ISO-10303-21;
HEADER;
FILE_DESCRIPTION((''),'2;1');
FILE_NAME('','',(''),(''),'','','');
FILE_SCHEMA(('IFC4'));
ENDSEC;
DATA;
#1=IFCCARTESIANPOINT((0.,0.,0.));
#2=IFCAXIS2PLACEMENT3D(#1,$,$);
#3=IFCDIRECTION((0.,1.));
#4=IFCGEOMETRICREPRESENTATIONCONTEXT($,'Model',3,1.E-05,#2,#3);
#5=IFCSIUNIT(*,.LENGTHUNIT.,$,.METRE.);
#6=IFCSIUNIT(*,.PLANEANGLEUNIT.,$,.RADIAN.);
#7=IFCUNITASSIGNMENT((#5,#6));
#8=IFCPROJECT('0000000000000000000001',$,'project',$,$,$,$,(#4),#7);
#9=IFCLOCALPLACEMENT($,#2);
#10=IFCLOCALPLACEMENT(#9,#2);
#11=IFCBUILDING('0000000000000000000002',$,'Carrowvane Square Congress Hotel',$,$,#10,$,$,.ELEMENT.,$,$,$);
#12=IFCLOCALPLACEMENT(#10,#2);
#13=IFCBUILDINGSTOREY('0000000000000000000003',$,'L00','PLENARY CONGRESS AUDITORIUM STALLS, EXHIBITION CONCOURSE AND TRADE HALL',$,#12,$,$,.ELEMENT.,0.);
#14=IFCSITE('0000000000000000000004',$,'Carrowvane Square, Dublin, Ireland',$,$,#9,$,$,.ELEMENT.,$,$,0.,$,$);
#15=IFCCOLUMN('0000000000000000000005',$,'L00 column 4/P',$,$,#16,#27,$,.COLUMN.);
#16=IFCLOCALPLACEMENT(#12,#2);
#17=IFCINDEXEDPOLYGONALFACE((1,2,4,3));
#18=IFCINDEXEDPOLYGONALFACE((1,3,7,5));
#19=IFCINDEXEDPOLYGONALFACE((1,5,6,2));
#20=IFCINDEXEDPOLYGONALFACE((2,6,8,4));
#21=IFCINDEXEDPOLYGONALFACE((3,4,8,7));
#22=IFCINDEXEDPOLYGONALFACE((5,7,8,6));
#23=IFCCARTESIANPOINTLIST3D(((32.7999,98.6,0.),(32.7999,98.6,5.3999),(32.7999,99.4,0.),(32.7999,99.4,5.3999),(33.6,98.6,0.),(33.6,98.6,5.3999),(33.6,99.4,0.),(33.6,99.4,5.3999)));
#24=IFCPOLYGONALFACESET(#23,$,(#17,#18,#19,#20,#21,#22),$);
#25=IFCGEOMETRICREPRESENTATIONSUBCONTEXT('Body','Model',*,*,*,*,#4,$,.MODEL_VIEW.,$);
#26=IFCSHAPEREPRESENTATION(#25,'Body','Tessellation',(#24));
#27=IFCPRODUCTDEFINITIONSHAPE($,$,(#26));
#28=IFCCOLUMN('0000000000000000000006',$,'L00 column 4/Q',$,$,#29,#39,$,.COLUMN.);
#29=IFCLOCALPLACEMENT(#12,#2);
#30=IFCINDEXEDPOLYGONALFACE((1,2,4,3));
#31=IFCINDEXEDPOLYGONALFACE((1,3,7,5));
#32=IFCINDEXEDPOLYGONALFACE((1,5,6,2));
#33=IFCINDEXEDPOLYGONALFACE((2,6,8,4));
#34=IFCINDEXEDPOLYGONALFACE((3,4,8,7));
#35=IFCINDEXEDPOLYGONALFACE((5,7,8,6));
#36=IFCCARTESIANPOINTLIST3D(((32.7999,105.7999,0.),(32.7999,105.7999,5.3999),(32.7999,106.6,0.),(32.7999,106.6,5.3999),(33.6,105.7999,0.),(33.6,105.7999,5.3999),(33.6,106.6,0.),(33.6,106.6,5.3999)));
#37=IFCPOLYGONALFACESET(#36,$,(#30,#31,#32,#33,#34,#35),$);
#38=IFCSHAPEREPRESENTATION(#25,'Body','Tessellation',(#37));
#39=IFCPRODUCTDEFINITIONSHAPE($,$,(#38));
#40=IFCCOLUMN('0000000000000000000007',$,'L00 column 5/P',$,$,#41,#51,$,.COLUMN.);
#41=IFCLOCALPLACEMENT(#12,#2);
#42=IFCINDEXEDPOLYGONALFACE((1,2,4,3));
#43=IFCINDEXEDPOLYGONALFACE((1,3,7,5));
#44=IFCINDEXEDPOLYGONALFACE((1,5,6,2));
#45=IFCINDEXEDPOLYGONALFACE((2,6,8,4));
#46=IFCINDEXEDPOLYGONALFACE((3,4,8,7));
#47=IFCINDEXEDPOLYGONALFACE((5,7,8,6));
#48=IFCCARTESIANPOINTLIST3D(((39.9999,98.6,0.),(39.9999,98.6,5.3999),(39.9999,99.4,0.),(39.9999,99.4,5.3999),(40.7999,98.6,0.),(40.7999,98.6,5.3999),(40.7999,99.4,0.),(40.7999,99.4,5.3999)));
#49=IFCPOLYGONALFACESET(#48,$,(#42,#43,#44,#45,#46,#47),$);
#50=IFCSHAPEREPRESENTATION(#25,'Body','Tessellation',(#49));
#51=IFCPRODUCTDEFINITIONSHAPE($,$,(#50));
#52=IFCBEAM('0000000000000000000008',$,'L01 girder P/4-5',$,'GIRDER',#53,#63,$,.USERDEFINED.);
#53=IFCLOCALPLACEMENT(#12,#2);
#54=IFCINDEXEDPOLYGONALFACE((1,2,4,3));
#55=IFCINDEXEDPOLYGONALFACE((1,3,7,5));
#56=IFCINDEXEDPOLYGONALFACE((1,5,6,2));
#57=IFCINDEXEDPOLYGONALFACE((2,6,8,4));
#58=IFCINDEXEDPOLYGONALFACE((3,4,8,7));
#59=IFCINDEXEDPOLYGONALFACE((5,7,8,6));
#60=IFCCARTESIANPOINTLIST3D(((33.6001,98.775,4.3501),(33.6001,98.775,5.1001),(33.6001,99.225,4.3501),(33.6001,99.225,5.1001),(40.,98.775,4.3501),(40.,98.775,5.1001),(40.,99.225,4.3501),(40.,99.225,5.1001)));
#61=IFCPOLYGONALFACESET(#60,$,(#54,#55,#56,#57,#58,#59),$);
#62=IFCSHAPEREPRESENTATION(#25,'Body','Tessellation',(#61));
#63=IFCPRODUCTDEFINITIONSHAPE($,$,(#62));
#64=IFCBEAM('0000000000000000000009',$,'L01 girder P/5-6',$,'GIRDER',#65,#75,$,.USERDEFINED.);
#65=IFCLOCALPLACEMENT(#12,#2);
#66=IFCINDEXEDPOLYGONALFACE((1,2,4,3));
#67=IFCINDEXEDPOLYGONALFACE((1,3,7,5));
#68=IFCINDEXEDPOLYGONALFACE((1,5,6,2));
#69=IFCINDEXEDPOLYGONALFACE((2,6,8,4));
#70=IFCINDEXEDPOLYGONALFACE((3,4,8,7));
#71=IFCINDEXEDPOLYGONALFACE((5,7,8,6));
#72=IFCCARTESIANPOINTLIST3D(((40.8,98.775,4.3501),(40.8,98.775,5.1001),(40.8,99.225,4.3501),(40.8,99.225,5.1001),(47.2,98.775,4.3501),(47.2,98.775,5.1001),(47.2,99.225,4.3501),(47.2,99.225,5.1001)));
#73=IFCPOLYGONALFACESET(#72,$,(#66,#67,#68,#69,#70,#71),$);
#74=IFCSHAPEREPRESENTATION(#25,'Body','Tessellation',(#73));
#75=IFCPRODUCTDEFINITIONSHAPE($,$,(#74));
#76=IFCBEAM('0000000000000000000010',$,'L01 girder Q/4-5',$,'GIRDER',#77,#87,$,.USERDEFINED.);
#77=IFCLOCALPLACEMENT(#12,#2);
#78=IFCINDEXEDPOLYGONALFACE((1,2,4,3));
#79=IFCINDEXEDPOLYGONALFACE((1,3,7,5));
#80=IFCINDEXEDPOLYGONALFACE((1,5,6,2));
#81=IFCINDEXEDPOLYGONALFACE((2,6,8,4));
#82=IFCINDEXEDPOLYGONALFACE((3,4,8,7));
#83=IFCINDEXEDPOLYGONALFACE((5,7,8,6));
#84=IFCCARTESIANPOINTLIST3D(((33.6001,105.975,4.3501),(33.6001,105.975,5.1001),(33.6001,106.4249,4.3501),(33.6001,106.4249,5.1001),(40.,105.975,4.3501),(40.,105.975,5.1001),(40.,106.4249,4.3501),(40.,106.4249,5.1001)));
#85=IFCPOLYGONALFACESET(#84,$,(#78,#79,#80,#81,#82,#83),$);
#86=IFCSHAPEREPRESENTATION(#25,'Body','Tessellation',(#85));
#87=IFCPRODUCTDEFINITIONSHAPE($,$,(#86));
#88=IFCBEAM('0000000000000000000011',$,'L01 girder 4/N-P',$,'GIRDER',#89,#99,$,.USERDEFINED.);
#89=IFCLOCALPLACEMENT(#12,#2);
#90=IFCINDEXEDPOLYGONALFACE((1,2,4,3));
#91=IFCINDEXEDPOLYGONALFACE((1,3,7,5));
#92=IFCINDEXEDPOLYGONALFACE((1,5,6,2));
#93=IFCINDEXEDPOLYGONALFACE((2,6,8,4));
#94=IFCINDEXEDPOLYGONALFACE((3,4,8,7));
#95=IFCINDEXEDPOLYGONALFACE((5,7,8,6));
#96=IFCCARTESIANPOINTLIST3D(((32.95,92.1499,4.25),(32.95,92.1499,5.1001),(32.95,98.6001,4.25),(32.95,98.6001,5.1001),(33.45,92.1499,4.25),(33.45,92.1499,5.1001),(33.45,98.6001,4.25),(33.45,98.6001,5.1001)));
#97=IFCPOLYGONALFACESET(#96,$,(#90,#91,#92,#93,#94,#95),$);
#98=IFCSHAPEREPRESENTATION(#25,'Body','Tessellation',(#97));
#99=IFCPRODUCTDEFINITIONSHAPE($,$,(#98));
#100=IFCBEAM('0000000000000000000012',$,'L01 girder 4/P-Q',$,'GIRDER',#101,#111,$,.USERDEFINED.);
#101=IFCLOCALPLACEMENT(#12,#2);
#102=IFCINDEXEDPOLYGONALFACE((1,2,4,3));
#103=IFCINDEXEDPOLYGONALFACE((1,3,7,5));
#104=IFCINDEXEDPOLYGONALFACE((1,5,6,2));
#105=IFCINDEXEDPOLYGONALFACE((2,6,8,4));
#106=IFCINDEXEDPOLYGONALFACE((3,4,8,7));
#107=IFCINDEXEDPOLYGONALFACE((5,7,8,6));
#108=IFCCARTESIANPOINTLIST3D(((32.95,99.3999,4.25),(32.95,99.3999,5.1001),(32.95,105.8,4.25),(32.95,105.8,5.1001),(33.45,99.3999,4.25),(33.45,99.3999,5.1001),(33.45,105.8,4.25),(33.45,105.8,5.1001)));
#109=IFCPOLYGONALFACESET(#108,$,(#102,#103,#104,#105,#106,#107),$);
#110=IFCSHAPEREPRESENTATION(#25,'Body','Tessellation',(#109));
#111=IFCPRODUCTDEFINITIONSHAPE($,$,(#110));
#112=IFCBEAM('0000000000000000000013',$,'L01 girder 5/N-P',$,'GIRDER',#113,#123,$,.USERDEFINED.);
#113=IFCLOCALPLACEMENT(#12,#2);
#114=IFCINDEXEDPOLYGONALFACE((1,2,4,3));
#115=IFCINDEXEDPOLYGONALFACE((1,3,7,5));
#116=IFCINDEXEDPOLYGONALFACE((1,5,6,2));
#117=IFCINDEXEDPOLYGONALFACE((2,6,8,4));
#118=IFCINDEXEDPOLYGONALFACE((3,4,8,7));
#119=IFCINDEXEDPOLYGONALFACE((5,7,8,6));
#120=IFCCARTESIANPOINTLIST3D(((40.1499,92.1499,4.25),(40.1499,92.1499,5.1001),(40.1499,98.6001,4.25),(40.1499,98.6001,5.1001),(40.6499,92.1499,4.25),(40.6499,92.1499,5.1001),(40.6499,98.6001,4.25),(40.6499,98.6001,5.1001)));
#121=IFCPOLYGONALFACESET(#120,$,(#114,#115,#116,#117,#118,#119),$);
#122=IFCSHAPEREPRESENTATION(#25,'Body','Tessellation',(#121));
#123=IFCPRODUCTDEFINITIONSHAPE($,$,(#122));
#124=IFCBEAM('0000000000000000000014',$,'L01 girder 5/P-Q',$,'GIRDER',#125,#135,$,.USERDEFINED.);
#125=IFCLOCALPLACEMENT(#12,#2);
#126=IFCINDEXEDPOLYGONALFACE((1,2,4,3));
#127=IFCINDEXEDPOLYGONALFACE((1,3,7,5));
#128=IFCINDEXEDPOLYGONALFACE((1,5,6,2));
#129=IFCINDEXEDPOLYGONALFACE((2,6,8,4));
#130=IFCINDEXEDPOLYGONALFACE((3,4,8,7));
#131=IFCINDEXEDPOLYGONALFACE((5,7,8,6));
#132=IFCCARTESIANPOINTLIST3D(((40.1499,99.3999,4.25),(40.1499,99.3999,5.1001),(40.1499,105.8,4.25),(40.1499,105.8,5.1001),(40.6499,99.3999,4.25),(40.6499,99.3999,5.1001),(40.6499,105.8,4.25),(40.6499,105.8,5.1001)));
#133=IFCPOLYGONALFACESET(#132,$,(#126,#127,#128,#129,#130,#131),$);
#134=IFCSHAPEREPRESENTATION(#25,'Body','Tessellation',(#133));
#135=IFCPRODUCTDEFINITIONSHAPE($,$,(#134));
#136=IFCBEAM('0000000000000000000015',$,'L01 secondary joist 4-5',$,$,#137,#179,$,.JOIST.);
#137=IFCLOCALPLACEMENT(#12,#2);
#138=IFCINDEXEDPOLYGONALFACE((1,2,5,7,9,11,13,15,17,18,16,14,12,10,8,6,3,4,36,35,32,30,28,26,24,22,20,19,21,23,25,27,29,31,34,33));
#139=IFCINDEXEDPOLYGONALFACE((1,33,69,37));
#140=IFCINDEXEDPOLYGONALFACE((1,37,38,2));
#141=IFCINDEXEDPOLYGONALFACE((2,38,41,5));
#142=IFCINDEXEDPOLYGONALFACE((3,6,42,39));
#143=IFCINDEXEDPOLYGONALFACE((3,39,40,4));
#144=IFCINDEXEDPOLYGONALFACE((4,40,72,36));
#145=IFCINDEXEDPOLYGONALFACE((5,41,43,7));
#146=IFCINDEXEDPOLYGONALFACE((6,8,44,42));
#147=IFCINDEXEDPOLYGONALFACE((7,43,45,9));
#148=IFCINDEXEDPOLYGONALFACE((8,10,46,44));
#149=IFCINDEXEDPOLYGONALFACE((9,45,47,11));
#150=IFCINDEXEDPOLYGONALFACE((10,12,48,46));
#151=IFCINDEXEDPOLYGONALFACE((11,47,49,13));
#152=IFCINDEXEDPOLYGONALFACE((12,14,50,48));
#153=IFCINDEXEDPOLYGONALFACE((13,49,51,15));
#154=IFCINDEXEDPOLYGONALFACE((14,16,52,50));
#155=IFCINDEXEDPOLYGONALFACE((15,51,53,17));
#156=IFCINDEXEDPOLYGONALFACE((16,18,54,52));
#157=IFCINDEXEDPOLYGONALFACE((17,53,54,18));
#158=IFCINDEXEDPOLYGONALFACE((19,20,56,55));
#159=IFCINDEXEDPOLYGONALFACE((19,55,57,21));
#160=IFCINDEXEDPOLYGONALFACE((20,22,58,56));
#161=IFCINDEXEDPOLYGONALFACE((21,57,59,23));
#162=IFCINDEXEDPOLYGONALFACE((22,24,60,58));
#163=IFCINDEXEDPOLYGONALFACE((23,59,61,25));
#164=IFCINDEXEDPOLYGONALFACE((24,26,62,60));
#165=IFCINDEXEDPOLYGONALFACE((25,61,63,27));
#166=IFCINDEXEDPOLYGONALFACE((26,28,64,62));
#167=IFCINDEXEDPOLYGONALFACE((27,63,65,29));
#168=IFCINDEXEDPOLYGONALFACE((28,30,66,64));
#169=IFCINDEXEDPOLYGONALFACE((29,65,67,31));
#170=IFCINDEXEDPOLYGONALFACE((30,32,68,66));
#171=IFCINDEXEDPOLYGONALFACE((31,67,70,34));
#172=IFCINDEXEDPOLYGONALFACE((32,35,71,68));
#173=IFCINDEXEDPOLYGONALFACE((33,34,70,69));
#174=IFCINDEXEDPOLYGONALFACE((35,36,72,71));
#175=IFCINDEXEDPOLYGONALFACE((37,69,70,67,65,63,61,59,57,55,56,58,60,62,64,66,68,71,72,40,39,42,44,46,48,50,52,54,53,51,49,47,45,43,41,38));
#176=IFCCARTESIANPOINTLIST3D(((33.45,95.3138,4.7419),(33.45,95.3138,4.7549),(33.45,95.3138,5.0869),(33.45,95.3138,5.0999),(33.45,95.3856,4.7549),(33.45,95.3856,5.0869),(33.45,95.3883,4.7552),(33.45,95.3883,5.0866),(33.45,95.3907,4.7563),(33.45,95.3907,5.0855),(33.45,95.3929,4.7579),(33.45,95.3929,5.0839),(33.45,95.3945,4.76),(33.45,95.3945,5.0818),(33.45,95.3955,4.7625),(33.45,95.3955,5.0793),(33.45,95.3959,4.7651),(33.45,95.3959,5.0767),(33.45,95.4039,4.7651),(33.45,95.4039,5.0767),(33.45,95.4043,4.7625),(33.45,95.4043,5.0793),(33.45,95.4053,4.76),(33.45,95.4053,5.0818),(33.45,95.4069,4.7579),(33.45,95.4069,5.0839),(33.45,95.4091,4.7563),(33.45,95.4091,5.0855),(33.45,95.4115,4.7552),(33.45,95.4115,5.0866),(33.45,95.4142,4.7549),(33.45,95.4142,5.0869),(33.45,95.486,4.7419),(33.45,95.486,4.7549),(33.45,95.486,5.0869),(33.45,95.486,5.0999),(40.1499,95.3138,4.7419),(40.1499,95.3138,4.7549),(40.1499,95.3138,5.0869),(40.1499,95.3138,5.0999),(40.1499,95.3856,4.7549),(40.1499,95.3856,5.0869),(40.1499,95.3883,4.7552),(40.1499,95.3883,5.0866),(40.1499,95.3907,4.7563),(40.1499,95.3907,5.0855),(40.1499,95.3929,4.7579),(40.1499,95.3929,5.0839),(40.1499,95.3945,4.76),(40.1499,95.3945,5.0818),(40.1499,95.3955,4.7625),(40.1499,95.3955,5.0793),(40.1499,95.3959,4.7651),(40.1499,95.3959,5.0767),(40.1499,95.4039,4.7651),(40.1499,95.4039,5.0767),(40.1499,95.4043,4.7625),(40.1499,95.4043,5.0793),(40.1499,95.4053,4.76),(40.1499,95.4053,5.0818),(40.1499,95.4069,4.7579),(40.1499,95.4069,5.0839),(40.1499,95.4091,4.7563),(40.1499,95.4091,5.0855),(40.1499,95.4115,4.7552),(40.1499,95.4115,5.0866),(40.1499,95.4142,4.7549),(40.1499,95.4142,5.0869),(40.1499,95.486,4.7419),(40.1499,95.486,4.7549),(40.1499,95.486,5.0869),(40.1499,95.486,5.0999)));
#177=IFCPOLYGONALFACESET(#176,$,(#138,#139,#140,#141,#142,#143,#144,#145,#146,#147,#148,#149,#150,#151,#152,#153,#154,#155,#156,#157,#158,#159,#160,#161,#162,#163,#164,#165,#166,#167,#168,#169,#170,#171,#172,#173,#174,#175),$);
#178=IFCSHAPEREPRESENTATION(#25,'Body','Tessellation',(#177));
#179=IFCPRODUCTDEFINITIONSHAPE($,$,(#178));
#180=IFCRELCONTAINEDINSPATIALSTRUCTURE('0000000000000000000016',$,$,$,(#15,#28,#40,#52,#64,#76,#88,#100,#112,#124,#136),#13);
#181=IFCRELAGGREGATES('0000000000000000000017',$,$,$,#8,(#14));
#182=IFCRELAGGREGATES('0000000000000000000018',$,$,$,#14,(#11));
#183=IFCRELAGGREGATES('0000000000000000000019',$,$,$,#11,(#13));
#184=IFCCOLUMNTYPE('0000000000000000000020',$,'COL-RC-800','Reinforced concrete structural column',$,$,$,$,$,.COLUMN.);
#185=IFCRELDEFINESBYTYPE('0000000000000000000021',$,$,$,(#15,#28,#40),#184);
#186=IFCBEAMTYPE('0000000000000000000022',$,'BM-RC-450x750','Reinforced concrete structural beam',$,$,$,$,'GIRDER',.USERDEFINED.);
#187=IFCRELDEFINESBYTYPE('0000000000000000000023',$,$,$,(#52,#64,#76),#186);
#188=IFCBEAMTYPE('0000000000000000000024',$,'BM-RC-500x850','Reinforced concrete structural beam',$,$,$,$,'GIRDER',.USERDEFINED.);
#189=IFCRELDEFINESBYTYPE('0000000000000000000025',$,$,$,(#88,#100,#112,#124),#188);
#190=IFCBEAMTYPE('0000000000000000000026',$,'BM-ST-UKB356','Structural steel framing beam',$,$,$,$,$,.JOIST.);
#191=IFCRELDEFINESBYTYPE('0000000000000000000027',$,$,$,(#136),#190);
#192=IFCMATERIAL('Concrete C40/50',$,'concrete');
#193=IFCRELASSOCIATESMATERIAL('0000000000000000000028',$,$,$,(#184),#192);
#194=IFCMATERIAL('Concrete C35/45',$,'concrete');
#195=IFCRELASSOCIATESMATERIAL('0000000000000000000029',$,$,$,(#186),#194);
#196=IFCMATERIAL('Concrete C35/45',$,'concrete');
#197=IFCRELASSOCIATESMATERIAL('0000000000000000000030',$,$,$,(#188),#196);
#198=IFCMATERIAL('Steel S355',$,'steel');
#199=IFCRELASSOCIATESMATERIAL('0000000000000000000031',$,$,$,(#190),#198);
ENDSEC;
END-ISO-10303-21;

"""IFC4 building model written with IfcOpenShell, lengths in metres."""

from ifc_helpers import new_model, si_unit, direction, frame, origin, origin_2d, place, context, subcontext, project, spatial, rectangle, i_section, extrude, material, material_profile, profile_set, type_object, element, save


model = new_model("IFC4")

# Units and contexts
model_context = context("Model", 3, precision=1e-05, world=origin(), true_north=direction((0.0, 1.0)))
body_context = subcontext(model_context, "Body", "Model", "MODEL_VIEW")
ifc_project = project(units=[si_unit("LENGTHUNIT", "METRE"), si_unit("PLANEANGLEUNIT", "RADIAN")], contexts=[model_context])

# Site, building, storey
site_placement = place(None, origin())
site = spatial("IfcSite", under=ifc_project, at=site_placement, Name="Carrowvane Square, Dublin, Ireland", CompositionType="ELEMENT", RefElevation=0.0)
building_placement = place(site_placement, origin())
building = spatial("IfcBuilding", under=site, at=building_placement, Name="Carrowvane Square Congress Hotel", CompositionType="ELEMENT")
storey_placement = place(building_placement, origin())
storey = spatial("IfcBuildingStorey", under=building, at=storey_placement, Name="L00", Description="PLENARY CONGRESS AUDITORIUM STALLS, EXHIBITION CONCOURSE AND TRADE HALL", CompositionType="ELEMENT", Elevation=0.0)

# Columns
ifc_material_1 = material(Name="Concrete C40/50", Category="concrete")
ifc_material_profile_1 = material_profile(ifc_material_1, rectangle(XDim=0.8, YDim=0.8, at=origin_2d()), Name="RC 800x800")
ifc_profile_set_1 = profile_set([ifc_material_profile_1], Name="Concrete C40/50")
column_type = type_object("IfcColumnType", Name="COL-RC-800", Description="Reinforced concrete structural column", PredefinedType="COLUMN", material=ifc_profile_set_1)
for number, where, z_axis, x_axis, name in (
    (1, (33.2, 99.0, 0.0), (0.0, 0.0, 1.0), (1.0, 0.0, 0.0), "L00 column 4/P"),
    (2, (33.2, 106.2, 0.0), (0.0, 0.0, 1.0), (1.0, 0.0, 0.0), "L00 column 4/Q"),
    (3, (40.3999, 99.0, 0.0), (0.0, 0.0, 1.0), (1.0, 0.0, 0.0), "L00 column 5/P"),
):
    element("IfcColumn", number, at=place(storey_placement, frame(where, z_axis=z_axis, x_axis=x_axis)), inside=storey, type_object=column_type, Name=name, PredefinedType="COLUMN", context=body_context, shape_type="SweptSolid", body=[
        extrude(rectangle(XDim=0.8, YDim=0.8, at=origin_2d()), origin(), (0.0, 0.0, 1.0), 5.3999),
    ])

# Beams
ifc_material_2 = material(Name="Concrete C35/45", Category="concrete")
ifc_material_profile_2 = material_profile(ifc_material_2, rectangle(XDim=0.45, YDim=0.75, at=origin_2d()), Name="RC 450x750")
ifc_profile_set_2 = profile_set([ifc_material_profile_2], Name="Concrete C35/45")
beam_type_1 = type_object("IfcBeamType", Name="BM-RC-450x750", Description="Reinforced concrete structural beam", ElementType="GIRDER", PredefinedType="USERDEFINED", material=ifc_profile_set_2)
for number, where, z_axis, x_axis, name in (
    (4, (33.6001, 99.0, 4.7251), (1.0, 0.0, 0.0), (0.0, 1.0, 0.0), "L01 girder P/4-5"),
    (5, (40.8, 99.0, 4.7251), (1.0, 0.0, 0.0), (0.0, 1.0, 0.0), "L01 girder P/5-6"),
    (6, (33.6001, 106.2, 4.7251), (1.0, 0.0, 0.0), (0.0, 1.0, 0.0), "L01 girder Q/4-5"),
):
    element("IfcBeam", number, at=place(storey_placement, frame(where, z_axis=z_axis, x_axis=x_axis)), inside=storey, type_object=beam_type_1, Name=name, ObjectType="GIRDER", PredefinedType="USERDEFINED", context=body_context, shape_type="SweptSolid", body=[
        extrude(rectangle(XDim=0.45, YDim=0.75, at=origin_2d()), origin(), (0.0, 0.0, 1.0), 6.3999),
    ])
ifc_material_3 = material(Name="Concrete C35/45", Category="concrete")
ifc_material_profile_3 = material_profile(ifc_material_3, rectangle(XDim=0.5, YDim=0.8501, at=origin_2d()), Name="RC 500x850")
ifc_profile_set_3 = profile_set([ifc_material_profile_3], Name="Concrete C35/45")
beam_type_2 = type_object("IfcBeamType", Name="BM-RC-500x850", Description="Reinforced concrete structural beam", ElementType="GIRDER", PredefinedType="USERDEFINED", material=ifc_profile_set_3)
beam_1_placement = place(storey_placement, frame((33.2, 92.1499, 4.675), z_axis=(0.0, 1.0, 0.0), x_axis=(-1.0, 0.0, 0.0)))
element("IfcBeam", 7, at=beam_1_placement, inside=storey, type_object=beam_type_2, Name="L01 girder 4/N-P", ObjectType="GIRDER", PredefinedType="USERDEFINED", context=body_context, shape_type="SweptSolid", body=[
    extrude(rectangle(XDim=0.5, YDim=0.8501, at=origin_2d()), origin(), (0.0, 0.0, 1.0), 6.4502),
])
beam_2_placement = place(storey_placement, frame((33.2, 99.3999, 4.675), z_axis=(0.0, 1.0, 0.0), x_axis=(-1.0, 0.0, 0.0)))
element("IfcBeam", 8, at=beam_2_placement, inside=storey, type_object=beam_type_2, Name="L01 girder 4/P-Q", ObjectType="GIRDER", PredefinedType="USERDEFINED", context=body_context, shape_type="SweptSolid", body=[
    extrude(rectangle(XDim=0.5, YDim=0.8501, at=origin_2d()), origin(), (0.0, 0.0, 1.0), 6.4001),
])
beam_3_placement = place(storey_placement, frame((40.3999, 92.1499, 4.675), z_axis=(0.0, 1.0, 0.0), x_axis=(-1.0, 0.0, 0.0)))
element("IfcBeam", 9, at=beam_3_placement, inside=storey, type_object=beam_type_2, Name="L01 girder 5/N-P", ObjectType="GIRDER", PredefinedType="USERDEFINED", context=body_context, shape_type="SweptSolid", body=[
    extrude(rectangle(XDim=0.5, YDim=0.8501, at=origin_2d()), origin(), (0.0, 0.0, 1.0), 6.4502),
])
beam_4_placement = place(storey_placement, frame((40.3999, 99.3999, 4.675), z_axis=(0.0, 1.0, 0.0), x_axis=(-1.0, 0.0, 0.0)))
element("IfcBeam", 10, at=beam_4_placement, inside=storey, type_object=beam_type_2, Name="L01 girder 5/P-Q", ObjectType="GIRDER", PredefinedType="USERDEFINED", context=body_context, shape_type="SweptSolid", body=[
    extrude(rectangle(XDim=0.5, YDim=0.8501, at=origin_2d()), origin(), (0.0, 0.0, 1.0), 6.4001),
])
ifc_material_4 = material(Name="Steel S355", Category="steel")
ifc_material_profile_4 = material_profile(ifc_material_4, i_section(OverallWidth=0.1721, OverallDepth=0.3579, WebThickness=0.0081, FlangeThickness=0.0129, FilletRadius=0.0103, at=origin_2d()), Name="UKB 356x171x57")
ifc_profile_set_4 = profile_set([ifc_material_profile_4], Name="Steel S355")
beam_type_3 = type_object("IfcBeamType", Name="BM-ST-UKB356", Description="Structural steel framing beam", PredefinedType="JOIST", material=ifc_profile_set_4)
for number, where, z_axis, x_axis, name in (
    (11, (33.45, 95.3999, 4.9209), (1.0, 0.0, 0.0), (0.0, 1.0, 0.0), "L01 secondary joist 4-5"),
):
    element("IfcBeam", number, at=place(storey_placement, frame(where, z_axis=z_axis, x_axis=x_axis)), inside=storey, type_object=beam_type_3, Name=name, PredefinedType="JOIST", context=body_context, shape_type="SweptSolid", body=[
        extrude(i_section(OverallWidth=0.1721, OverallDepth=0.3579, WebThickness=0.0081, FlangeThickness=0.0129, FilletRadius=0.0103, at=origin_2d()), origin(), (0.0, 0.0, 1.0), 6.7),
    ])

save(model, "model.ifc")
